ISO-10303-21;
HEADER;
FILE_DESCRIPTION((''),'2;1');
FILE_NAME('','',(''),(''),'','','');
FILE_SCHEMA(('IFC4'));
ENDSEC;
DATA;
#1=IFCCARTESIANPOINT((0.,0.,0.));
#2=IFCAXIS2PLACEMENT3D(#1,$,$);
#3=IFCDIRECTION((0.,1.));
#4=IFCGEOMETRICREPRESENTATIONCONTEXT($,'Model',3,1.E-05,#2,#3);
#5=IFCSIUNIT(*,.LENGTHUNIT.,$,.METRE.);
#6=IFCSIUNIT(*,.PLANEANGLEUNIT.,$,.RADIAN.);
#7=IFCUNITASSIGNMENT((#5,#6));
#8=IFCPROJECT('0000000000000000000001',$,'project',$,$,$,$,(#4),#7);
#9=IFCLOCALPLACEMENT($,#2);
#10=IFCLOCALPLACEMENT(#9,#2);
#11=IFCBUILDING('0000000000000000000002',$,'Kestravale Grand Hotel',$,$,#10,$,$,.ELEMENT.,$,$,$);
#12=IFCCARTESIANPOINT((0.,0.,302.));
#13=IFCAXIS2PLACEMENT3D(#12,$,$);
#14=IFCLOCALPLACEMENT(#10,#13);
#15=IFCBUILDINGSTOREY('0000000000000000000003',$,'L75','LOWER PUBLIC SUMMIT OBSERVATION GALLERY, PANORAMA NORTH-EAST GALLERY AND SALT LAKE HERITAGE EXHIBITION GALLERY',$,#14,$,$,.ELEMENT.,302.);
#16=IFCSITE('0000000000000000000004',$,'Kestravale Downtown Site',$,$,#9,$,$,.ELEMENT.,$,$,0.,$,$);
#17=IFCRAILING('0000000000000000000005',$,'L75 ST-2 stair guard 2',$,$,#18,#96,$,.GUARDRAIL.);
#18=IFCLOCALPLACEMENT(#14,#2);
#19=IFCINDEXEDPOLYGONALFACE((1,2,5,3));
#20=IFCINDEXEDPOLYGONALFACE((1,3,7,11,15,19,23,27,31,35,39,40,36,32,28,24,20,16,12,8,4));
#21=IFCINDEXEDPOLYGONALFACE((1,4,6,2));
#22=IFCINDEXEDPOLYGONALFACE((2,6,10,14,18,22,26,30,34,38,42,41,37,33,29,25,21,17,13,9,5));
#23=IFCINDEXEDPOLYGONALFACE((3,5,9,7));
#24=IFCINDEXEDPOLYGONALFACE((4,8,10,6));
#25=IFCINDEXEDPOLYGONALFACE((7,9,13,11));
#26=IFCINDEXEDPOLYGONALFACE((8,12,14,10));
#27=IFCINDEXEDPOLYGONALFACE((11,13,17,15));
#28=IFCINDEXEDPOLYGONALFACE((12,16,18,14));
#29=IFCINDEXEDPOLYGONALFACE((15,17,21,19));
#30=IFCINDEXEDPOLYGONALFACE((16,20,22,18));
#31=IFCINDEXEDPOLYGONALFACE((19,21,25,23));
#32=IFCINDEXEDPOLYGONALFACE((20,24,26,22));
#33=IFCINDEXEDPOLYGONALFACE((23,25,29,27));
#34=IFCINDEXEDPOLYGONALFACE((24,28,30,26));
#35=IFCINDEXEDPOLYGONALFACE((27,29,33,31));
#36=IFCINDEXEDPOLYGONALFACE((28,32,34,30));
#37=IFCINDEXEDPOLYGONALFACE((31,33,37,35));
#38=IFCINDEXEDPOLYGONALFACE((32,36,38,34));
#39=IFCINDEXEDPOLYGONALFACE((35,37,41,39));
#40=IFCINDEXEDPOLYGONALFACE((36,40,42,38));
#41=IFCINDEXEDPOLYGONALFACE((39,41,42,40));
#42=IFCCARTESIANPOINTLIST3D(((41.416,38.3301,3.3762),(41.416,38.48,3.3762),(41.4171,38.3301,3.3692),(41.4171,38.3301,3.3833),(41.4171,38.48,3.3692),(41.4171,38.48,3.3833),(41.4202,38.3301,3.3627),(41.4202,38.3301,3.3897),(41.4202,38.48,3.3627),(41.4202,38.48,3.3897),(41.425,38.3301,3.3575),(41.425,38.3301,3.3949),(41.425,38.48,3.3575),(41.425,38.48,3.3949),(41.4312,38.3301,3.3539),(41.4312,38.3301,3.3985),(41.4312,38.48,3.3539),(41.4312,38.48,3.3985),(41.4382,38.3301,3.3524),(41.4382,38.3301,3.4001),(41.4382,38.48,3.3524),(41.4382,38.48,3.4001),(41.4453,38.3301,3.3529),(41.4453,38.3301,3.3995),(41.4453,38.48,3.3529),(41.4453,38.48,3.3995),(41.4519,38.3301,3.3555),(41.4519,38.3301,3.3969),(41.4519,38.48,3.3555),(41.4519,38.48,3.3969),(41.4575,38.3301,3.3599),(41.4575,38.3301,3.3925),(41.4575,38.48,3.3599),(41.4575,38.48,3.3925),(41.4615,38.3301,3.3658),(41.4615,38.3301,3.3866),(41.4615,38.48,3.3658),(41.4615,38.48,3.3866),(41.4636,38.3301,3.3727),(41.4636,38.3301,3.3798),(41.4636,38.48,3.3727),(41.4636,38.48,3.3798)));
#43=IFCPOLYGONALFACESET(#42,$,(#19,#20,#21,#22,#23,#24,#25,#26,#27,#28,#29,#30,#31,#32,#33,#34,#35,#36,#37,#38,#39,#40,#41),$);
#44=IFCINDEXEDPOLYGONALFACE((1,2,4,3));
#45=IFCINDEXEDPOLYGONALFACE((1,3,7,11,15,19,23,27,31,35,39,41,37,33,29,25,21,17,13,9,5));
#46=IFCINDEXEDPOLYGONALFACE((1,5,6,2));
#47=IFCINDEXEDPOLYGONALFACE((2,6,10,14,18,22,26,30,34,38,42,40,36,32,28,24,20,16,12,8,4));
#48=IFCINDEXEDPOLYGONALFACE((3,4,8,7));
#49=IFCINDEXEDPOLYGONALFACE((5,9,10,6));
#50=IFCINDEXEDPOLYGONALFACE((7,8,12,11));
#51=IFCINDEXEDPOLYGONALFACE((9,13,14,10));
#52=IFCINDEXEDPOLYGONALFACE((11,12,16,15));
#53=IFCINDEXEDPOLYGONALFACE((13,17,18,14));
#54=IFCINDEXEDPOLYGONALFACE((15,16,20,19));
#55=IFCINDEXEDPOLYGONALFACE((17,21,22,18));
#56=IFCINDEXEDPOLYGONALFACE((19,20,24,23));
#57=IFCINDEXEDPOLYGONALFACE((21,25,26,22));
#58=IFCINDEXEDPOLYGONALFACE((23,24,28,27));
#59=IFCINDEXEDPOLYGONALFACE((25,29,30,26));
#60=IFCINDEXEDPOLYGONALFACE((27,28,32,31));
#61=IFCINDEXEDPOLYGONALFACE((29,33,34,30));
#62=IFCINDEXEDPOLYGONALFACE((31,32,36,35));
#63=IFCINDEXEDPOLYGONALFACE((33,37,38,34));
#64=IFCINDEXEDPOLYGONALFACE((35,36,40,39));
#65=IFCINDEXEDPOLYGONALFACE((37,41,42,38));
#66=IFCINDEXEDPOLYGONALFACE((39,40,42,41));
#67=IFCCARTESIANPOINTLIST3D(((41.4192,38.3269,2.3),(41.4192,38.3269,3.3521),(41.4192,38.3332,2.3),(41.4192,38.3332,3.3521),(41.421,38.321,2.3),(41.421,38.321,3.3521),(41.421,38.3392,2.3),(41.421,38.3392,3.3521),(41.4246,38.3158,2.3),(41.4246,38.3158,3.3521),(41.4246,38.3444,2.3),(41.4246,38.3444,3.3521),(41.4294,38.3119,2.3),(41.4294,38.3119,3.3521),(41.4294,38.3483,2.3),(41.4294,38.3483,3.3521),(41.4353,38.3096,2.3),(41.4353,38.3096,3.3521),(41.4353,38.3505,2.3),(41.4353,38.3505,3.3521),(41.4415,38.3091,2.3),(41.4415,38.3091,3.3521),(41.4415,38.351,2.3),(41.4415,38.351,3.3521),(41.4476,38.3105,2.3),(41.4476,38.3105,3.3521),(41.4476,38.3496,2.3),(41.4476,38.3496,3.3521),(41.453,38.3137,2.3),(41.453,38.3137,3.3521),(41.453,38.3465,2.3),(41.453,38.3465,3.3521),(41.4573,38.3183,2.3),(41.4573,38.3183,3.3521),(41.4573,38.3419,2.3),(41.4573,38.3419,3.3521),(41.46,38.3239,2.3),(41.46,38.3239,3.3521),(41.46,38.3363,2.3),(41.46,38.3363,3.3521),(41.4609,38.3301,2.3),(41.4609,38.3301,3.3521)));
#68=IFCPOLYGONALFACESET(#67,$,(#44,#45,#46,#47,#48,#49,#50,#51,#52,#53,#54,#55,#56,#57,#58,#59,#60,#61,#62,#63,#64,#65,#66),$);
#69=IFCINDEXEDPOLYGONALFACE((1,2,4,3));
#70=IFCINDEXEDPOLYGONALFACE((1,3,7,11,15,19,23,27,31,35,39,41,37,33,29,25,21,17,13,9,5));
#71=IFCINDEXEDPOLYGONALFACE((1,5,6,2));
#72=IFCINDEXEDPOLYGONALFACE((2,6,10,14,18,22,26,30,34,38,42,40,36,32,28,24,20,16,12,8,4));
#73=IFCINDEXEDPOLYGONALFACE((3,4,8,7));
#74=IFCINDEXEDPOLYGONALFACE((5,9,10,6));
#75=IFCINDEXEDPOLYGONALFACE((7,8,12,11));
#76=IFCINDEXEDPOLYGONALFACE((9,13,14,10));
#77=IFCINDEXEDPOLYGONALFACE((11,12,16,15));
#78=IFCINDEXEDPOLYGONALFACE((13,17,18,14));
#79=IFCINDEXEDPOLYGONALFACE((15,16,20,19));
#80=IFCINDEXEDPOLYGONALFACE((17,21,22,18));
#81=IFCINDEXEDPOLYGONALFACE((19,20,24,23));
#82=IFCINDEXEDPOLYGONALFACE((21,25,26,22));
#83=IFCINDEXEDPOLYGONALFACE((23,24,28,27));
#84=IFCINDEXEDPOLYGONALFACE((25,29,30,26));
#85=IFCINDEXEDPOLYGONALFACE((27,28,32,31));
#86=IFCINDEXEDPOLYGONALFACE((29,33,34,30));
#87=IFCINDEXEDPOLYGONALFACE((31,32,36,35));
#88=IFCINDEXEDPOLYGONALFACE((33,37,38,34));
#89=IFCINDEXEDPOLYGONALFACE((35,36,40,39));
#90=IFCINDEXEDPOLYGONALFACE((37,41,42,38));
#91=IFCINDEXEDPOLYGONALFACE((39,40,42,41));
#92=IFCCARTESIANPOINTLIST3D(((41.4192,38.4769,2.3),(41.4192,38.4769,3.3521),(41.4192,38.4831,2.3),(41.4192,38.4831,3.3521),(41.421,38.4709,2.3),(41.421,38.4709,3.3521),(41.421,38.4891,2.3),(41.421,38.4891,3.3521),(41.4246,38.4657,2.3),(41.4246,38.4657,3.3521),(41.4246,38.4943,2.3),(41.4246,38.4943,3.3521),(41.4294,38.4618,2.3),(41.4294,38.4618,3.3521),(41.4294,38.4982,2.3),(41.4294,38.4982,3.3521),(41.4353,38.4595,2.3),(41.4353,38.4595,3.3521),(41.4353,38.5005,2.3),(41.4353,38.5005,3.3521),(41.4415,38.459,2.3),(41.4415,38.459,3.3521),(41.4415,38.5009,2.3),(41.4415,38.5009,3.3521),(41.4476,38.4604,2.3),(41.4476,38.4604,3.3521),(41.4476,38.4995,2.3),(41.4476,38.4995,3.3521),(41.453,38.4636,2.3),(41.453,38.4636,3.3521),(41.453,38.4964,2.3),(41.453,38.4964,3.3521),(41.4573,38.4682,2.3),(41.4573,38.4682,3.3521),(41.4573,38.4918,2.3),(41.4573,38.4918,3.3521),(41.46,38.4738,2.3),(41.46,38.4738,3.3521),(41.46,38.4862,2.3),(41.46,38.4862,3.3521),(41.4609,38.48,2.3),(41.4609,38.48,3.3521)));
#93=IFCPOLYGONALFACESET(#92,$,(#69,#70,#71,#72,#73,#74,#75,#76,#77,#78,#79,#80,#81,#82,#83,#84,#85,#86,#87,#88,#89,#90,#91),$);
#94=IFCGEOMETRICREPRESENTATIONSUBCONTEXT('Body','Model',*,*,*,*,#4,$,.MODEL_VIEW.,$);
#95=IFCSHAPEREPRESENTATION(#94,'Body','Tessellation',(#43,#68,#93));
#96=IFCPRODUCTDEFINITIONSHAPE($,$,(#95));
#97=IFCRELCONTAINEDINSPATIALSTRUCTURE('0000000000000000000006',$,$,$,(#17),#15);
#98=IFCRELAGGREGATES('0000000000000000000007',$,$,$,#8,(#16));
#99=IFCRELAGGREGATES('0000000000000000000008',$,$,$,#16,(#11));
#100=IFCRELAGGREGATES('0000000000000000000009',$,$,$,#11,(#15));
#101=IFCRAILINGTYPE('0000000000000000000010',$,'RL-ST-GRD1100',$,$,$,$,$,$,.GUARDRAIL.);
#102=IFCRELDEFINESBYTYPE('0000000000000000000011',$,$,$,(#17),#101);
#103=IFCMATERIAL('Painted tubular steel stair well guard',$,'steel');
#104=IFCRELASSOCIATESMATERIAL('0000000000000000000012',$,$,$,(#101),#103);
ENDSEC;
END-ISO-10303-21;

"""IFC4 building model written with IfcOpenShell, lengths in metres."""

from ifc_helpers import new_model, si_unit, direction, frame, origin, origin_2d, place, context, subcontext, project, spatial, circle, extrude, material, type_object, element, save


model = new_model("IFC4")

# Units and contexts
model_context = context("Model", 3, precision=1e-05, world=origin(), true_north=direction((0.0, 1.0)))
body_context = subcontext(model_context, "Body", "Model", "MODEL_VIEW")
ifc_project = project(units=[si_unit("LENGTHUNIT", "METRE"), si_unit("PLANEANGLEUNIT", "RADIAN")], contexts=[model_context])

# Site, building, storey
site_placement = place(None, origin())
site = spatial("IfcSite", under=ifc_project, at=site_placement, Name="Kestravale Downtown Site", CompositionType="ELEMENT", RefElevation=0.0)
building_placement = place(site_placement, origin())
building = spatial("IfcBuilding", under=site, at=building_placement, Name="Kestravale Grand Hotel", CompositionType="ELEMENT")
storey_placement = place(building_placement, frame((0.0, 0.0, 302.0)))
storey = spatial("IfcBuildingStorey", under=building, at=storey_placement, Name="L75", Description="LOWER PUBLIC SUMMIT OBSERVATION GALLERY, PANORAMA NORTH-EAST GALLERY AND SALT LAKE HERITAGE EXHIBITION GALLERY", CompositionType="ELEMENT", Elevation=302.0)

# Railing
ifc_material_1 = material(Name="Painted tubular steel stair well guard", Category="steel")
railing_type_1 = type_object("IfcRailingType", Name="RL-ST-GRD1100", PredefinedType="GUARDRAIL", material=ifc_material_1)
railing_1_placement = place(storey_placement, frame((41.4399, 38.3301, 2.3)))
element("IfcRailing", 1, at=railing_1_placement, inside=storey, type_object=railing_type_1, Name="L75 ST-2 stair guard 2", PredefinedType="GUARDRAIL", context=body_context, shape_type="SweptSolid", body=[
    extrude(circle(Radius=0.0239, at=origin_2d()), frame((0.0, 0.0, 1.0762), z_axis=(0.0, 1.0, 0.0), x_axis=(-1.0, 0.0, 0.0)), (0.0, 0.0, 1.0), 0.1499),
    extrude(circle(Radius=0.021, at=origin_2d()), origin(), (0.0, 0.0, 1.0), 1.052),
    extrude(circle(Radius=0.021, at=origin_2d()), frame((0.0, 0.1499, 0.0)), (0.0, 0.0, 1.0), 1.052),
])

save(model, "model.ifc")
